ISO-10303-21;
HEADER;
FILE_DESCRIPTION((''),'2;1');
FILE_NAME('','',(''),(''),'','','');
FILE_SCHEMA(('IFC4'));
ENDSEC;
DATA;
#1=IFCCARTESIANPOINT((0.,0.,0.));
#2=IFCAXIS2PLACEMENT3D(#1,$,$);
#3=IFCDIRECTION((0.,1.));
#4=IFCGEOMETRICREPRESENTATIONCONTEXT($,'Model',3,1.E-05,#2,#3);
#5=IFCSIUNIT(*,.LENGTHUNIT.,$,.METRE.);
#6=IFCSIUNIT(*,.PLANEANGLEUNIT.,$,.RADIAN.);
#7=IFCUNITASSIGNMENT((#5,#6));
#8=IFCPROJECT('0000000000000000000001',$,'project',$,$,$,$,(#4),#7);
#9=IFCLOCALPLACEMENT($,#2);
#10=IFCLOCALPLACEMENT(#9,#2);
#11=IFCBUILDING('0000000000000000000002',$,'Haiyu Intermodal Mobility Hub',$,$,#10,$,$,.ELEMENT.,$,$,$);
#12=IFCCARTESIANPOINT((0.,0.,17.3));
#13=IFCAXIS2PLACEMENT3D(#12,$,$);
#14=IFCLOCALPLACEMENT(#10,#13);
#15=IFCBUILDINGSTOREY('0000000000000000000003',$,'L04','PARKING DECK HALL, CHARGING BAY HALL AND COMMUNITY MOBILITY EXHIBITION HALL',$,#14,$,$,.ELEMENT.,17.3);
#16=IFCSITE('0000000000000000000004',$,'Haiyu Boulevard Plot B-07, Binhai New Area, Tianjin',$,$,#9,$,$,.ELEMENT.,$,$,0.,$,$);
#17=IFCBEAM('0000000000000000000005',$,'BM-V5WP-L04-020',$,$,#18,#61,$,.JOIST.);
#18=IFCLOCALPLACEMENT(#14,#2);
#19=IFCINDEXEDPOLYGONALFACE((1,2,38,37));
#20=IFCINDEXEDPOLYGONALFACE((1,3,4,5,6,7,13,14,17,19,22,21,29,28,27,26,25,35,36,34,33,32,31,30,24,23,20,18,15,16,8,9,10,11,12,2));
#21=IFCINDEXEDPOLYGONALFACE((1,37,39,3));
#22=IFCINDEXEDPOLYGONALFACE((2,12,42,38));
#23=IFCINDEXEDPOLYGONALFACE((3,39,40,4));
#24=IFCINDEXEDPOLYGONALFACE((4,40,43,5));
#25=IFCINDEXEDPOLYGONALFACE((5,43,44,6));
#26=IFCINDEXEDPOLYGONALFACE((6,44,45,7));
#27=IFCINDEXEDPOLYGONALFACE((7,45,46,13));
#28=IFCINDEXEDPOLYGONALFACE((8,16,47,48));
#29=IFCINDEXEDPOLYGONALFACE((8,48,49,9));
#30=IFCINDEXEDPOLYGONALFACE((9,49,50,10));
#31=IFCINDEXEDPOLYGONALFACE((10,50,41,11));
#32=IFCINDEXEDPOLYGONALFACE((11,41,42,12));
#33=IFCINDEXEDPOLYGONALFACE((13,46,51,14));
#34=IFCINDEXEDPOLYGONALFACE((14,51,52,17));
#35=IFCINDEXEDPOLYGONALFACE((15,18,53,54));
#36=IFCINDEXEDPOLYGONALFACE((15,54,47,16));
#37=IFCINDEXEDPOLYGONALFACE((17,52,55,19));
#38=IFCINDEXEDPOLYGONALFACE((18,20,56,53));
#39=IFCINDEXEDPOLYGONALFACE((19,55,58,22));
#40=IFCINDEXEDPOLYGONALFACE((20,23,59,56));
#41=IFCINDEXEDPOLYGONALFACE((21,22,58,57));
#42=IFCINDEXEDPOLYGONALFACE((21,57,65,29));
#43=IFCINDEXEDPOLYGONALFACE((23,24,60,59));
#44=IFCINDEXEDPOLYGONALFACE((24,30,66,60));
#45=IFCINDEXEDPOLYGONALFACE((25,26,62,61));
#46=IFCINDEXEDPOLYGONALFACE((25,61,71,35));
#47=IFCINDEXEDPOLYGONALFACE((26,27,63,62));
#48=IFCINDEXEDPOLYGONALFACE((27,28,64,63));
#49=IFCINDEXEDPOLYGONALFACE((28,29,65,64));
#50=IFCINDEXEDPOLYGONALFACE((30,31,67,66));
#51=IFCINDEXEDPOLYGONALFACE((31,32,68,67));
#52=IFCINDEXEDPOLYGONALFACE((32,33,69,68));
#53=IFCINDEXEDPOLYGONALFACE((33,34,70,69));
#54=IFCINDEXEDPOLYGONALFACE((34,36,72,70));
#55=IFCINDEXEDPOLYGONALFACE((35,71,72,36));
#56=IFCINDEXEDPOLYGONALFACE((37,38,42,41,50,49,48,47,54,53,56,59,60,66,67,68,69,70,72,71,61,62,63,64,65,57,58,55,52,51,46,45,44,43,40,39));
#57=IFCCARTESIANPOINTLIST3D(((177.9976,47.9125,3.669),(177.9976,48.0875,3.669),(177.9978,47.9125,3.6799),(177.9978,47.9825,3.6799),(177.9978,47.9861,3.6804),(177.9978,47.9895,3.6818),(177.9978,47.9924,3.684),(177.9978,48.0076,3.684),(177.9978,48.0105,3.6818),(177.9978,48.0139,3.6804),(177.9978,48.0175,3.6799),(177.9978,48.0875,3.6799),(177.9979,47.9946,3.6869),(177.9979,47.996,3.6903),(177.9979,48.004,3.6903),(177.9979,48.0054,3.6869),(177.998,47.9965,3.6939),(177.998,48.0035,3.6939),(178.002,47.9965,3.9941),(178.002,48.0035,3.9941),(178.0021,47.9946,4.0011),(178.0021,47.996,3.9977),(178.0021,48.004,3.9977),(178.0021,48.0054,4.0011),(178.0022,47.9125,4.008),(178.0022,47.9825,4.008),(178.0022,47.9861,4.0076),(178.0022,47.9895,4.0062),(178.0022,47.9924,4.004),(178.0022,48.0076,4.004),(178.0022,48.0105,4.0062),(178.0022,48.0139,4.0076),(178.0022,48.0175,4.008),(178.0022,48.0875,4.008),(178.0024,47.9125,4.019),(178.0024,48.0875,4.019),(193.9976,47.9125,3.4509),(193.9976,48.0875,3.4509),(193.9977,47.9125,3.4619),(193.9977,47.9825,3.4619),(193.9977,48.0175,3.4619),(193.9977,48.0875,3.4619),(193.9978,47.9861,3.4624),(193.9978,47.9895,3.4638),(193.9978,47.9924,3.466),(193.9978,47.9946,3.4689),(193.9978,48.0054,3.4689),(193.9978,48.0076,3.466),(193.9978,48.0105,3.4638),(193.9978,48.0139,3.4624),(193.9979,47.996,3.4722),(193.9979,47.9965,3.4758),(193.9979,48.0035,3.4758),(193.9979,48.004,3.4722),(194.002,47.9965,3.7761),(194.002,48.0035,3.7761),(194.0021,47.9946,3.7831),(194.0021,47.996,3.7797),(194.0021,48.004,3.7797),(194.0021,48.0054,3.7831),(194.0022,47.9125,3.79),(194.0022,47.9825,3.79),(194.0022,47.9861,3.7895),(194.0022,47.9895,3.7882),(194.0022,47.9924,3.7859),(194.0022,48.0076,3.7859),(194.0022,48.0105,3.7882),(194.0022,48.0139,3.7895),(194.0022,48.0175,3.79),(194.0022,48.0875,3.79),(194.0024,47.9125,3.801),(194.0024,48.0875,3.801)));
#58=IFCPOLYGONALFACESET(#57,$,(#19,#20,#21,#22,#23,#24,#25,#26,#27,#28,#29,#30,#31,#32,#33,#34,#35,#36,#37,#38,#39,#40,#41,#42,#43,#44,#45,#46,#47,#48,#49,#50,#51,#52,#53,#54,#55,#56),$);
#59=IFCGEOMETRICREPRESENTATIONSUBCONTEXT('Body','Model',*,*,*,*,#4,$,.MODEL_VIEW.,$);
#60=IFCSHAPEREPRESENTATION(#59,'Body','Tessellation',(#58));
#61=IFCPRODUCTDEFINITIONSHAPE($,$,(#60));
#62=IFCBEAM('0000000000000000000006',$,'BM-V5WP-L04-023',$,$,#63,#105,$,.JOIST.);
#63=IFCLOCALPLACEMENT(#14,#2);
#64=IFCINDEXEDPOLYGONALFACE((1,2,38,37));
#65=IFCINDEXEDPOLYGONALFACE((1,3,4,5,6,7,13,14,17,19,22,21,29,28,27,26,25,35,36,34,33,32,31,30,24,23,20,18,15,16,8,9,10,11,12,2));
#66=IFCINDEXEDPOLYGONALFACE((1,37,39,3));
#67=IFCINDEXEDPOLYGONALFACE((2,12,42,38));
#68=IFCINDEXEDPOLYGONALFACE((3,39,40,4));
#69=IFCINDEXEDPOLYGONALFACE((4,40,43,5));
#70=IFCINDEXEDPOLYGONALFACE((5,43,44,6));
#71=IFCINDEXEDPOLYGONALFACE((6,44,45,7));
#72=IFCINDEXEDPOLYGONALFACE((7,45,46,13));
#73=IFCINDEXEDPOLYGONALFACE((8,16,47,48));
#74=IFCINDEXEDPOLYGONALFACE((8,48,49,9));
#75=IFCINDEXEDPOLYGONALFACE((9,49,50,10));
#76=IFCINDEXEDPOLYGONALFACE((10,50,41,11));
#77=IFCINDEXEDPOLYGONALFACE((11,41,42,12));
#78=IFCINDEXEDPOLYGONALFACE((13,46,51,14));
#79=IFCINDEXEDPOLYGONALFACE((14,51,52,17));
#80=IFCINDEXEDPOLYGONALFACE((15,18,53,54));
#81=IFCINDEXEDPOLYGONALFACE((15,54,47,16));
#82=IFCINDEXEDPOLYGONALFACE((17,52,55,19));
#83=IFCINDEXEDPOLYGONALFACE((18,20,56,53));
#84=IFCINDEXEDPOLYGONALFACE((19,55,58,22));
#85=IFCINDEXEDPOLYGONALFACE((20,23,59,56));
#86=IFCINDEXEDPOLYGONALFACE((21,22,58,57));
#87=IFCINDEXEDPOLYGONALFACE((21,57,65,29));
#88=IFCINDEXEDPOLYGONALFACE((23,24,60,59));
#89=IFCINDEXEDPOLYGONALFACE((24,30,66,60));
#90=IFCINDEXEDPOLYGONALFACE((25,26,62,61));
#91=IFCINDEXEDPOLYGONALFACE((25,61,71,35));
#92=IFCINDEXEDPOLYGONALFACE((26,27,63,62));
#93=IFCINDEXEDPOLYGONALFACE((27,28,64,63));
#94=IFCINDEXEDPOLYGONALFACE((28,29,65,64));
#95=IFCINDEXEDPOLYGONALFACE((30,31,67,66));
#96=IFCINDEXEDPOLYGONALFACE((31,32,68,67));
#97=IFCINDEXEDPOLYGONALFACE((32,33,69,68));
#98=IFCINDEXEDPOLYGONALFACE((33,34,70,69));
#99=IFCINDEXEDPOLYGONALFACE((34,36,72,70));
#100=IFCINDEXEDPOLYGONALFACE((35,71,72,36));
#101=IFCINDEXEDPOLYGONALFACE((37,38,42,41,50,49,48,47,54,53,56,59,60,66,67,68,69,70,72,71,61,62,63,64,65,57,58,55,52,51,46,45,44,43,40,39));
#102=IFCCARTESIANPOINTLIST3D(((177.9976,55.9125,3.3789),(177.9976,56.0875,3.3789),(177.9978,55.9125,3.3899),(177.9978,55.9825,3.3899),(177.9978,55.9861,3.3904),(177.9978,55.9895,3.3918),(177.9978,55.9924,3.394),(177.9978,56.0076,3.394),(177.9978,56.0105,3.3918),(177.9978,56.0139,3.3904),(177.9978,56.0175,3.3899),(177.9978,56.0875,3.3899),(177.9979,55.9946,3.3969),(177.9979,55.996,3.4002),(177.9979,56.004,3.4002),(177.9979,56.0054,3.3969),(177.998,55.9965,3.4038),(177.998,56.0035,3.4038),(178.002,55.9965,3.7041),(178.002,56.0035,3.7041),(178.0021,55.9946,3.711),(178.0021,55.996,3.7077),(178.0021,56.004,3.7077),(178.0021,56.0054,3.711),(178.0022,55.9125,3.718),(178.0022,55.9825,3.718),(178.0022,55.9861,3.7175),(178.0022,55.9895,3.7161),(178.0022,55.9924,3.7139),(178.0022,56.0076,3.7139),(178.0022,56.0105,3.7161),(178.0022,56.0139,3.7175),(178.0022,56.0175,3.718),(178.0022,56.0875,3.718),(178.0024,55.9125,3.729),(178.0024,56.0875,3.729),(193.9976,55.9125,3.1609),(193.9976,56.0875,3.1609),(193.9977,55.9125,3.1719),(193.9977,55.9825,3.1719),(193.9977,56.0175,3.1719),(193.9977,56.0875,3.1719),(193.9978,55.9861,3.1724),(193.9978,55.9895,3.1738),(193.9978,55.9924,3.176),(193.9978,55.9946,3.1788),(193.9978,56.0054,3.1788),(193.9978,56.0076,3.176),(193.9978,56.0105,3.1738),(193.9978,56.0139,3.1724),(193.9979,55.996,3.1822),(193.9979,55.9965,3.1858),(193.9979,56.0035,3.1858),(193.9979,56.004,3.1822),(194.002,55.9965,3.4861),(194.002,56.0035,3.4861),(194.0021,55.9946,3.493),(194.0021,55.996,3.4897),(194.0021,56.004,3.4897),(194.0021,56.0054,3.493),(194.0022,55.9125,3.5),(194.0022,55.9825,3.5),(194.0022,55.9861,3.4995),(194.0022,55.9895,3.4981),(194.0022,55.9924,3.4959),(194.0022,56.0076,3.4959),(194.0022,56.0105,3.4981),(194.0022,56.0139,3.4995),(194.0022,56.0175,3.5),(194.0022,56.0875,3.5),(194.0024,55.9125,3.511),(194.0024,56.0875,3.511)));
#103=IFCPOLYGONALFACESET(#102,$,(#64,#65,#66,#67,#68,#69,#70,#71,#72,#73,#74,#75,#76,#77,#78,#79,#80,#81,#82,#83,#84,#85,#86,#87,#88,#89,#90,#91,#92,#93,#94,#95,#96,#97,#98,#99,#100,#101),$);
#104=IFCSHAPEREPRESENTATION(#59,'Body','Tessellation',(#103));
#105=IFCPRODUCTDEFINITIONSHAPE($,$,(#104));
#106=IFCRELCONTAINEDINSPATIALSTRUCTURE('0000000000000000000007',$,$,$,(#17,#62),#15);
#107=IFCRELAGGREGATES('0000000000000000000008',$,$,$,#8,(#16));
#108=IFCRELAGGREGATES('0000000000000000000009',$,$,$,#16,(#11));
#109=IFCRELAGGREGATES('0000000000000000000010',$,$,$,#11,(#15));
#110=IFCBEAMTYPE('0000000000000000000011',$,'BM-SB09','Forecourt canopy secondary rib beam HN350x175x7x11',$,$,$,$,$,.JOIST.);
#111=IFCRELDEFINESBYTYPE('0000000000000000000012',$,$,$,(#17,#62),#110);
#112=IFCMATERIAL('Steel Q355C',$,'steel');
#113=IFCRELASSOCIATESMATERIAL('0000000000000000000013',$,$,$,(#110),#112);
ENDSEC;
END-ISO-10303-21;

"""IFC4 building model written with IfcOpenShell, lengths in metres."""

from ifc_helpers import new_model, si_unit, direction, frame, origin, origin_2d, place, context, subcontext, project, spatial, i_section, extrude, material, material_profile, profile_set, type_object, element, save


model = new_model("IFC4")

# Units and contexts
model_context = context("Model", 3, precision=1e-05, world=origin(), true_north=direction((0.0, 1.0)))
body_context = subcontext(model_context, "Body", "Model", "MODEL_VIEW")
ifc_project = project(units=[si_unit("LENGTHUNIT", "METRE"), si_unit("PLANEANGLEUNIT", "RADIAN")], contexts=[model_context])

# Site, building, storey
site_placement = place(None, origin())
site = spatial("IfcSite", under=ifc_project, at=site_placement, Name="Haiyu Boulevard Plot B-07, Binhai New Area, Tianjin", CompositionType="ELEMENT", RefElevation=0.0)
building_placement = place(site_placement, origin())
building = spatial("IfcBuilding", under=site, at=building_placement, Name="Haiyu Intermodal Mobility Hub", CompositionType="ELEMENT")
storey_placement = place(building_placement, frame((0.0, 0.0, 17.3)))
storey = spatial("IfcBuildingStorey", under=building, at=storey_placement, Name="L04", Description="PARKING DECK HALL, CHARGING BAY HALL AND COMMUNITY MOBILITY EXHIBITION HALL", CompositionType="ELEMENT", Elevation=17.3)

# Shared definitions
ifc_material_1 = material(Name="Steel Q355C", Category="steel")

# Beams
ifc_material_profile_1 = material_profile(ifc_material_1, i_section(OverallWidth=0.175, OverallDepth=0.3501, WebThickness=0.0071, FlangeThickness=0.011, FilletRadius=0.0139, at=origin_2d()), Name="HN350x175x7x11")
ifc_profile_set_1 = profile_set([ifc_material_profile_1], Name="Steel Q355C")
beam_type_1 = type_object("IfcBeamType", Name="BM-SB09", Description="Forecourt canopy secondary rib beam HN350x175x7x11", PredefinedType="JOIST", material=ifc_profile_set_1)
for number, where, z_axis, x_axis, name in (
    (1, (178.0, 48.0, 3.844), (0.999907, 0.0, -0.013625), (0.0, 1.0, 0.0), "BM-V5WP-L04-020"),
    (2, (178.0, 56.0, 3.554), (0.999907, 0.0, -0.013625), (0.0, 1.0, 0.0), "BM-V5WP-L04-023"),
):
    element("IfcBeam", number, at=place(storey_placement, frame(where, z_axis=z_axis, x_axis=x_axis)), inside=storey, type_object=beam_type_1, Name=name, PredefinedType="JOIST", context=body_context, shape_type="SweptSolid", body=[
        extrude(i_section(OverallWidth=0.175, OverallDepth=0.3501, WebThickness=0.0071, FlangeThickness=0.011, FilletRadius=0.0139, at=origin_2d()), origin(), (0.0, 0.0, 1.0), 16.0015),
    ])

save(model, "model.ifc")
